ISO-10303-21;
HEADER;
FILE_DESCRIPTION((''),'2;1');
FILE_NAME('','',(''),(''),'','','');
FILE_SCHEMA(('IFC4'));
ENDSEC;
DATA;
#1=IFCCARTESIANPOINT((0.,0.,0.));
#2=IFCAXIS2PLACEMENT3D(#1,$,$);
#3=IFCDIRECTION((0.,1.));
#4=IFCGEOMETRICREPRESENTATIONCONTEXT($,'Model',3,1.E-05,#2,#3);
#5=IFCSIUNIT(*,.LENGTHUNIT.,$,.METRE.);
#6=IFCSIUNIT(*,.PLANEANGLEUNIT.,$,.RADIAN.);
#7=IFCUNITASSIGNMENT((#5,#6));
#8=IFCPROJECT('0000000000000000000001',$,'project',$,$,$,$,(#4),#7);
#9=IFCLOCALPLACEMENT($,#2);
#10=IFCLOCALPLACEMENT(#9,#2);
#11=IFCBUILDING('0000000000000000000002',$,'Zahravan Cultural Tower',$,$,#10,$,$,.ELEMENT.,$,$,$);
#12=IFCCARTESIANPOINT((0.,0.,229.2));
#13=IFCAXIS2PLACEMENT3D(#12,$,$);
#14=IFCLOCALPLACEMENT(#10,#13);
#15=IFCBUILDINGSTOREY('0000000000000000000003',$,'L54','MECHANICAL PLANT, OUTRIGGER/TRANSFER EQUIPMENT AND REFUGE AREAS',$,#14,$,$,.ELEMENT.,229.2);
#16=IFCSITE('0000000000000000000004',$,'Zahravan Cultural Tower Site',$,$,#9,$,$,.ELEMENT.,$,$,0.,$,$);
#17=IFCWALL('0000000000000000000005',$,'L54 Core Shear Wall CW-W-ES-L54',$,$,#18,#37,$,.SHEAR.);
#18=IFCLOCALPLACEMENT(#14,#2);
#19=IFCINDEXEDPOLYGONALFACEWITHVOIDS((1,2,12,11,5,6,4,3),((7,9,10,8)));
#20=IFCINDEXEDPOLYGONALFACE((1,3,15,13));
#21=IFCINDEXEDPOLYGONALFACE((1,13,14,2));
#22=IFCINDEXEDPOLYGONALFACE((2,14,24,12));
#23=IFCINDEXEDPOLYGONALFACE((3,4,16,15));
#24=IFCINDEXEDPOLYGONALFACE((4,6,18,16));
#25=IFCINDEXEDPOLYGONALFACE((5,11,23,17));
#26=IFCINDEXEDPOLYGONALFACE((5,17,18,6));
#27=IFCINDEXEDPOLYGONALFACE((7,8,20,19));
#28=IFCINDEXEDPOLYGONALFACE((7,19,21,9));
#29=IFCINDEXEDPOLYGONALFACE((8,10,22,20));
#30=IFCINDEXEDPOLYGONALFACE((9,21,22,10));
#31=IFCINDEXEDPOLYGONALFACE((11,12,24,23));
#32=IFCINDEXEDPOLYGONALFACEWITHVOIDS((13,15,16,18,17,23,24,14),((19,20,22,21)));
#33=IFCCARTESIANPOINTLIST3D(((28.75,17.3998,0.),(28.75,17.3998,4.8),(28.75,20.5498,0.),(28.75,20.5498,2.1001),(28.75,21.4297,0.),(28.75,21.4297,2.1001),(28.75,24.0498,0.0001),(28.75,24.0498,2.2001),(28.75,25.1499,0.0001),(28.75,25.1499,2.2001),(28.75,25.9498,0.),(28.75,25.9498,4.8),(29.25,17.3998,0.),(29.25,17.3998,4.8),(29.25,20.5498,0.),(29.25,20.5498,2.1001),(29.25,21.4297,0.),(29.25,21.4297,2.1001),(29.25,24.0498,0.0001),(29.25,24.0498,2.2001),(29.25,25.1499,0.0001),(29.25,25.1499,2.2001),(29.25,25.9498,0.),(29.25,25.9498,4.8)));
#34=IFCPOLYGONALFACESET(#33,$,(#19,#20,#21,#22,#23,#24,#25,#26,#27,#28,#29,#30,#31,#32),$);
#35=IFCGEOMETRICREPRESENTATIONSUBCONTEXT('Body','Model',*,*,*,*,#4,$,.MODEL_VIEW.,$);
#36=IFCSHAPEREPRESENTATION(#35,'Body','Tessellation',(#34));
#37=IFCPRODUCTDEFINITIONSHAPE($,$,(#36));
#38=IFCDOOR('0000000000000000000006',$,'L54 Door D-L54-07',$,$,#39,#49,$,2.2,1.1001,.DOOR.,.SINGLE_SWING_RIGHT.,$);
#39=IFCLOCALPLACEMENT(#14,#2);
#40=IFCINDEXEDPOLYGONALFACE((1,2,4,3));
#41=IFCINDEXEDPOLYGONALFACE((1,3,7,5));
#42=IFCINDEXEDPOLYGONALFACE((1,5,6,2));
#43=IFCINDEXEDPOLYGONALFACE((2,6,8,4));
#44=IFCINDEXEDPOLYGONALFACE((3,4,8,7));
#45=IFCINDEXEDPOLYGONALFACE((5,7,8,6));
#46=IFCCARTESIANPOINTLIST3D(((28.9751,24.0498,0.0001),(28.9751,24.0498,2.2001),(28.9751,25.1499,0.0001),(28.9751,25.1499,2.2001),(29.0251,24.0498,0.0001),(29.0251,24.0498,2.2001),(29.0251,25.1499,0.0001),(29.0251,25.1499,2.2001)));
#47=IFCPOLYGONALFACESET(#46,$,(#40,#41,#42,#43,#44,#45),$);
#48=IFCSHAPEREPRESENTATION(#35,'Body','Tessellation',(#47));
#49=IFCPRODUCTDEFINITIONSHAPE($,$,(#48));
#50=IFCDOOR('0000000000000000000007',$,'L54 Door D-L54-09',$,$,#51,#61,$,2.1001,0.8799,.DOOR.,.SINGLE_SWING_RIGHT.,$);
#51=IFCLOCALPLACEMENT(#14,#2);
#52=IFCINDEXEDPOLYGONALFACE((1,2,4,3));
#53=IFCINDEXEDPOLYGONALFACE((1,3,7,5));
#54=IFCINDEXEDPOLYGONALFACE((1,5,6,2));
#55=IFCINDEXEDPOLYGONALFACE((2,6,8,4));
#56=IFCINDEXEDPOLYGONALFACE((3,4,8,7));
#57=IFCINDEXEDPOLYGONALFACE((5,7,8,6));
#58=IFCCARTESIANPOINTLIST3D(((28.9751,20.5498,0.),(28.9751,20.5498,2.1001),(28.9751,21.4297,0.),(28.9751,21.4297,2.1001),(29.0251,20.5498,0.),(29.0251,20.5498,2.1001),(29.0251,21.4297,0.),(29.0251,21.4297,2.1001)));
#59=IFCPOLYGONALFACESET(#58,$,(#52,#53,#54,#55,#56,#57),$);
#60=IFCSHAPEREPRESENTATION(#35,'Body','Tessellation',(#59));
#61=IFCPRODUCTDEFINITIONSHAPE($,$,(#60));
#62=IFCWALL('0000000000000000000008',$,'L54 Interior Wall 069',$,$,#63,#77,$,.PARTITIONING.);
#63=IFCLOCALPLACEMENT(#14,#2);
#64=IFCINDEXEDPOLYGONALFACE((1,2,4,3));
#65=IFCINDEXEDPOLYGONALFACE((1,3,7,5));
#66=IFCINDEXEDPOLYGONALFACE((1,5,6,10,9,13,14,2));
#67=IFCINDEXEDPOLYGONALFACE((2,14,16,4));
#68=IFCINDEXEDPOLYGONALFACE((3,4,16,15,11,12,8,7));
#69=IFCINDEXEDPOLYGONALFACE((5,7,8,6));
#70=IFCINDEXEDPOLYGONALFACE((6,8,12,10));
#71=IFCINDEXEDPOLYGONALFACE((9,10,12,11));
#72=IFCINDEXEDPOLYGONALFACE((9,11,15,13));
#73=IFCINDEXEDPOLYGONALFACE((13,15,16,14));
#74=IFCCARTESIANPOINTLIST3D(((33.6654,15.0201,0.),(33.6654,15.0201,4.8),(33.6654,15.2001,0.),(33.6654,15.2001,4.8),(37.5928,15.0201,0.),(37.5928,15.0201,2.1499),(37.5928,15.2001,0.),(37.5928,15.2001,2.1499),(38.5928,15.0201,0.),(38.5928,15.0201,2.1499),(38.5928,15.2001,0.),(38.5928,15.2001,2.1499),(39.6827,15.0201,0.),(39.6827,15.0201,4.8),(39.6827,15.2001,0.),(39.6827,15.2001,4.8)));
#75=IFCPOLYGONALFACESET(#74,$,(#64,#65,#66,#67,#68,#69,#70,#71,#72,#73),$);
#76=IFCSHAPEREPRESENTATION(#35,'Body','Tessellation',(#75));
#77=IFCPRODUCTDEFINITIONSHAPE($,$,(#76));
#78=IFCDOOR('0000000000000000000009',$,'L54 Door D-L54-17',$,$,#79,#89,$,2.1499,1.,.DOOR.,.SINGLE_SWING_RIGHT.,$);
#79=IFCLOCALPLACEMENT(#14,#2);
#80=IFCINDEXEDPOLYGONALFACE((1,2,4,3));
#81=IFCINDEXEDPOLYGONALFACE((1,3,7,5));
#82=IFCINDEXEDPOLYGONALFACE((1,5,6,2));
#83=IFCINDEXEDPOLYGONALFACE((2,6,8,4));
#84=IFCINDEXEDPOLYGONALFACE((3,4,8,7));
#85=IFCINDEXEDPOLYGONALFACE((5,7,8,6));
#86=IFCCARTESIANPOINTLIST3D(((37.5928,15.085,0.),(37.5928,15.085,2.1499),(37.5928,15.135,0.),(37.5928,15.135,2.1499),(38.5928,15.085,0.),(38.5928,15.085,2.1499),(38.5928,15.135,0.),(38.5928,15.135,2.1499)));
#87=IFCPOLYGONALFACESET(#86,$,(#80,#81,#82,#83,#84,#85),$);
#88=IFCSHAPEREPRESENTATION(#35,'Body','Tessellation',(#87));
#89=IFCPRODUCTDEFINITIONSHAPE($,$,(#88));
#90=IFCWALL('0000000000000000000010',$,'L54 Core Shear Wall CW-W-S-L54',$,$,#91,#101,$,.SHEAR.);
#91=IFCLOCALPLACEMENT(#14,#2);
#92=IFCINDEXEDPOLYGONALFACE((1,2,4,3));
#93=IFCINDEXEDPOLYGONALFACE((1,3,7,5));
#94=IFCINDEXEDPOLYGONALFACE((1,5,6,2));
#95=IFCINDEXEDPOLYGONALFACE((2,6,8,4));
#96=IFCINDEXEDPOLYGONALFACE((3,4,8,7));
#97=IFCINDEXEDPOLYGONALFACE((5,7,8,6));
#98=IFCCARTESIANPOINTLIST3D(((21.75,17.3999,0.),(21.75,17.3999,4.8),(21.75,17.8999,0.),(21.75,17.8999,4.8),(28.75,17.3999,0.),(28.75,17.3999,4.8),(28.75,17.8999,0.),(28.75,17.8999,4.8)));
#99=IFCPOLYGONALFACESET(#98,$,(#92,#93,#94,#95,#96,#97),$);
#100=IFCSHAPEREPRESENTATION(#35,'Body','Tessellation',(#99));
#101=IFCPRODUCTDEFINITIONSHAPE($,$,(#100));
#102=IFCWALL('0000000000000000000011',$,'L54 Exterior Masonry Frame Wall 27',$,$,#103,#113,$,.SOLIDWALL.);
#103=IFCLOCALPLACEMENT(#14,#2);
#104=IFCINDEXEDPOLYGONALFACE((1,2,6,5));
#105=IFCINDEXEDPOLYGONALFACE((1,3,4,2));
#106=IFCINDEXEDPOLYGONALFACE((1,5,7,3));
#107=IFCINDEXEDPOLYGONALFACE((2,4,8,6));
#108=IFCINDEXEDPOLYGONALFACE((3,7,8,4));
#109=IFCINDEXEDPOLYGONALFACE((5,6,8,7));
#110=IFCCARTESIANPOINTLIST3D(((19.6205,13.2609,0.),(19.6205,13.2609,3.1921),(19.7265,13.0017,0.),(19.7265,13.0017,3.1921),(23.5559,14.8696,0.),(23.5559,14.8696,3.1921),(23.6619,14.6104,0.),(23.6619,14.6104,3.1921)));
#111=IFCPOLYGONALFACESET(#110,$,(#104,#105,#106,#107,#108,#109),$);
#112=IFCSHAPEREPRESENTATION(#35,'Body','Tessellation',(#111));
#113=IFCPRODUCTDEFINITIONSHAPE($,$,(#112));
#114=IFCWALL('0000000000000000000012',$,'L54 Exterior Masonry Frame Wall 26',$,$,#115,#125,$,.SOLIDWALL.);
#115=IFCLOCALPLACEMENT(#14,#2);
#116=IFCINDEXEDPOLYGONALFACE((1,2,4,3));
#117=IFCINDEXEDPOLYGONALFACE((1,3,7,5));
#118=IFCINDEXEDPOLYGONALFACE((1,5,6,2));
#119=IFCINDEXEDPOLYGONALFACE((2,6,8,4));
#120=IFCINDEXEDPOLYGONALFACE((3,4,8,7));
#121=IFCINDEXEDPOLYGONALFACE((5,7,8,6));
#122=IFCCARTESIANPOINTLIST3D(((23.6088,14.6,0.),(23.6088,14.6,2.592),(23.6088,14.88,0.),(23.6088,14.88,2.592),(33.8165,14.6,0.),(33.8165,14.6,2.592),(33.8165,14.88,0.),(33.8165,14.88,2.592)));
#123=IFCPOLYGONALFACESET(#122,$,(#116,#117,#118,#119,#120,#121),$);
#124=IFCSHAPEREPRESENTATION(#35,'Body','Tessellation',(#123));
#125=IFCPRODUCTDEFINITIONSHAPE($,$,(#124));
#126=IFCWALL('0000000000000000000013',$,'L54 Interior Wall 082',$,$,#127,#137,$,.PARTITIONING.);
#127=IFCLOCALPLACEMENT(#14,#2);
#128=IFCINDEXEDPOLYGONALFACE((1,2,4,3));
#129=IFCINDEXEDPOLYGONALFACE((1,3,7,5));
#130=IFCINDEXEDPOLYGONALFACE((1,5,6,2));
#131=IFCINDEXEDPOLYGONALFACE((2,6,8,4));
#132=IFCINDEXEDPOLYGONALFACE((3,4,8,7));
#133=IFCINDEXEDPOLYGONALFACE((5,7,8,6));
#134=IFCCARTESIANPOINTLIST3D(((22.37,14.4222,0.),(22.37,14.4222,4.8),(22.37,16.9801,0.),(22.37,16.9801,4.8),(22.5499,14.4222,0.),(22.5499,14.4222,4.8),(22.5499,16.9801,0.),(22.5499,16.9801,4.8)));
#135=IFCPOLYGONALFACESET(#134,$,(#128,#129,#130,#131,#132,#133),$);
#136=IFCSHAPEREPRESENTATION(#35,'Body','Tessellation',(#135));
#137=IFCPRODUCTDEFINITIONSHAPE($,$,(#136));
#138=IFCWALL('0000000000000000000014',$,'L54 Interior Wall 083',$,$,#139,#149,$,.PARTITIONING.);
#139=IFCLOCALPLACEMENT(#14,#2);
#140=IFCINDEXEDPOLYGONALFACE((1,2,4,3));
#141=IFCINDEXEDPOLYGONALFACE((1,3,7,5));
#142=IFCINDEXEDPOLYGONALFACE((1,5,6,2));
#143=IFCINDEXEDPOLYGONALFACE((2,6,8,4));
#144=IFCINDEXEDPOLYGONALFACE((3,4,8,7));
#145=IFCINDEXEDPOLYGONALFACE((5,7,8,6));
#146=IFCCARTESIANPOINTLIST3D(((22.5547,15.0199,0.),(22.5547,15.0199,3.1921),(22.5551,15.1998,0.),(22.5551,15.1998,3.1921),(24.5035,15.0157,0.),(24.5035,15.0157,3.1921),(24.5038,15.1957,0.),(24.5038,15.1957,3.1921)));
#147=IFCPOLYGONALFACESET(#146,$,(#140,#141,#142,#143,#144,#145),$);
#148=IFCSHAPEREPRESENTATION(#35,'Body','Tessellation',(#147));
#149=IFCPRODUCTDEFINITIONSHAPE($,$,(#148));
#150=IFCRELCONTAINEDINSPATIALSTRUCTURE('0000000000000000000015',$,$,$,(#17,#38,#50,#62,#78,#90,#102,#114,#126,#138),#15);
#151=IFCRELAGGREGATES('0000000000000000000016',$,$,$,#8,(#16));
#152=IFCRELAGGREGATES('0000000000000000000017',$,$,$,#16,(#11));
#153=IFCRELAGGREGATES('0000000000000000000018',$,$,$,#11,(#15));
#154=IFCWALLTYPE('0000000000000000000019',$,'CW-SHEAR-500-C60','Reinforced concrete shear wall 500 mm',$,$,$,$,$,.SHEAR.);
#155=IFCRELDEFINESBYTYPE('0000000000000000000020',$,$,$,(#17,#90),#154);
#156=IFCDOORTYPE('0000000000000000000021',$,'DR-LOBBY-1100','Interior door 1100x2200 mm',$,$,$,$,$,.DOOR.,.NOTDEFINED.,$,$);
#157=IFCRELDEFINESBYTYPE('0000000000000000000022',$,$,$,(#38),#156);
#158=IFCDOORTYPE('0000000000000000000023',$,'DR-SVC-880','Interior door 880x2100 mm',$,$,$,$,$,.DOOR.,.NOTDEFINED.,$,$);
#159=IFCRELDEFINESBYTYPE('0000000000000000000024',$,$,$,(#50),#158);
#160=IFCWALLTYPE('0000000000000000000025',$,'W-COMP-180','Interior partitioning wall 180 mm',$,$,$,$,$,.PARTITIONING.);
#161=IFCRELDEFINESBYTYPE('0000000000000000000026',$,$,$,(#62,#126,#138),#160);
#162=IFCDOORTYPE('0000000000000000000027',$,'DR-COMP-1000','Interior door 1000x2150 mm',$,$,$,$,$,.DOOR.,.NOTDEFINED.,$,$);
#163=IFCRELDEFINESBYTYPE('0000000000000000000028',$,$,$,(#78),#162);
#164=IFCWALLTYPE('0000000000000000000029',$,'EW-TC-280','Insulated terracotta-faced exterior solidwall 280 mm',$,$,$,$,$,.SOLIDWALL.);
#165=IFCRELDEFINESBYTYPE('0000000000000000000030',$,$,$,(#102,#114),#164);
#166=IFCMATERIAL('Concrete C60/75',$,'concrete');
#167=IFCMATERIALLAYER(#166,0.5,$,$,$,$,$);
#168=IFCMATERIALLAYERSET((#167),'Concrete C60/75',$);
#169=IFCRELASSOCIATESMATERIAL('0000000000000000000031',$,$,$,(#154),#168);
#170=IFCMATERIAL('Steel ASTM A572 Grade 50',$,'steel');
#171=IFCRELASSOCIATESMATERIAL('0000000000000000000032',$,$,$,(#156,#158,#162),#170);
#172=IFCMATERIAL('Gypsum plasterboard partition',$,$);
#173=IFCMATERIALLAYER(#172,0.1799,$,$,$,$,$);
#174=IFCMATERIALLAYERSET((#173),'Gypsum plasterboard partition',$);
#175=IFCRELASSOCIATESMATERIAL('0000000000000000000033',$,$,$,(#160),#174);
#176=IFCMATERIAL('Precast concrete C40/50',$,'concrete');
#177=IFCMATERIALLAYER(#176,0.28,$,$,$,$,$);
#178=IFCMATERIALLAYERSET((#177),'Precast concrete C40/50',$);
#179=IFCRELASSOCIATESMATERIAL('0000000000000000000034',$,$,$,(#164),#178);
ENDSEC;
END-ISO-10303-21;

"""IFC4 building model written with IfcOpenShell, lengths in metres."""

from ifc_helpers import new_model, si_unit, direction, frame, frame_2d, origin, place, context, subcontext, project, spatial, rectangle, extrude, source, transform, mapped, material, layer, layer_set, type_object, element, fill, save


model = new_model("IFC4")

# Units and contexts
model_context = context("Model", 3, precision=1e-05, world=origin(), true_north=direction((0.0, 1.0)))
body_context = subcontext(model_context, "Body", "Model", "MODEL_VIEW")
ifc_project = project(units=[si_unit("LENGTHUNIT", "METRE"), si_unit("PLANEANGLEUNIT", "RADIAN")], contexts=[model_context])

# Site, building, storey
site_placement = place(None, origin())
site = spatial("IfcSite", under=ifc_project, at=site_placement, Name="Zahravan Cultural Tower Site", CompositionType="ELEMENT", RefElevation=0.0)
building_placement = place(site_placement, origin())
building = spatial("IfcBuilding", under=site, at=building_placement, Name="Zahravan Cultural Tower", CompositionType="ELEMENT")
storey_placement = place(building_placement, frame((0.0, 0.0, 229.2)))
storey = spatial("IfcBuildingStorey", under=building, at=storey_placement, Name="L54", Description="MECHANICAL PLANT, OUTRIGGER/TRANSFER EQUIPMENT AND REFUGE AREAS", CompositionType="ELEMENT", Elevation=229.2)

# Shared definitions
ifc_material_1 = material(Name="Steel ASTM A572 Grade 50", Category="steel")

# Wall, openings, doors
ifc_material_2 = material(Name="Concrete C60/75", Category="concrete")
ifc_layer_1 = layer(ifc_material_2, 0.5)
ifc_layer_set_1 = layer_set([ifc_layer_1], Name="Concrete C60/75")
wall_type_1 = type_object("IfcWallType", Name="CW-SHEAR-500-C60", Description="Reinforced concrete shear wall 500 mm", PredefinedType="SHEAR", material=ifc_layer_set_1)
wall_1_placement = place(storey_placement, frame((29.0, 17.3999, 0.0), z_axis=(0.0, 0.0, 1.0), x_axis=(0.0, 1.0, 0.0)))
wall_1 = element("IfcWall", 1, at=wall_1_placement, inside=storey, type_object=wall_type_1, Name="L54 Core Shear Wall CW-W-ES-L54", PredefinedType="SHEAR", context=body_context, shape_type="SweptSolid", body=[
    extrude(rectangle(XDim=8.55, YDim=0.5, at=frame_2d((4.2749, 0.0))), origin(), (0.0, 0.0, 1.0), 4.8),
])
opening_1_placement = place(wall_1_placement, frame((6.6499, 0.0, 0.0)))
opening_1 = element("IfcOpeningElement", 2, at=opening_1_placement, cuts=wall_1, PredefinedType="OPENING", context=body_context, shape_type="SweptSolid", body=[
    extrude(rectangle(XDim=1.1001, YDim=2.2, at=frame_2d((0.55, 1.1001))), frame((0.0, 0.26, 0.0), z_axis=(0.0, -1.0, 0.0), x_axis=(1.0, 0.0, 0.0)), (0.0, 0.0, 1.0), 0.52),
])
opening_2_placement = place(wall_1_placement, frame((3.1499, 0.0, 0.0)))
opening_2 = element("IfcOpeningElement", 3, at=opening_2_placement, cuts=wall_1, PredefinedType="OPENING", context=body_context, shape_type="SweptSolid", body=[
    extrude(rectangle(XDim=0.8799, YDim=2.1001, at=frame_2d((0.4399, 1.05))), frame((0.0, 0.26, 0.0), z_axis=(0.0, -1.0, 0.0), x_axis=(1.0, 0.0, 0.0)), (0.0, 0.0, 1.0), 0.52),
])
door_type_1 = type_object("IfcDoorType", Name="DR-LOBBY-1100", Description="Interior door 1100x2200 mm", OperationType="NOTDEFINED", PredefinedType="DOOR", material=ifc_material_1)
shared_shape_1 = source(origin(), body_context, "Body", "SweptSolid", [
    extrude(rectangle(XDim=1.1001, YDim=2.2, at=frame_2d((0.55, 1.1001))), frame((0.0, 0.0249, 0.0), z_axis=(0.0, -1.0, 0.0), x_axis=(1.0, 0.0, 0.0)), (0.0, 0.0, 1.0), 0.05),
])
door_1_placement = place(opening_1_placement, origin())
door_1 = element("IfcDoor", 4, at=door_1_placement, inside=storey, type_object=door_type_1, Name="L54 Door D-L54-07", OperationType="SINGLE_SWING_RIGHT", OverallHeight=2.2, OverallWidth=1.1001, PredefinedType="DOOR", context=body_context, shape_type="MappedRepresentation", body=[
    mapped(shared_shape_1, transform((0.0, 0.0, 0.0), x_axis=(1.0, 0.0, 0.0), y_axis=(0.0, 1.0, 0.0), z_axis=(0.0, 0.0, 1.0), scale=1.0)),
])
fill(opening_1, door_1)
door_type_2 = type_object("IfcDoorType", Name="DR-SVC-880", Description="Interior door 880x2100 mm", OperationType="NOTDEFINED", PredefinedType="DOOR", material=ifc_material_1)
shared_shape_2 = source(origin(), body_context, "Body", "SweptSolid", [
    extrude(rectangle(XDim=0.8799, YDim=2.1001, at=frame_2d((0.4399, 1.05))), frame((0.0, 0.0249, 0.0), z_axis=(0.0, -1.0, 0.0), x_axis=(1.0, 0.0, 0.0)), (0.0, 0.0, 1.0), 0.05),
])
door_2_placement = place(opening_2_placement, origin())
door_2 = element("IfcDoor", 5, at=door_2_placement, inside=storey, type_object=door_type_2, Name="L54 Door D-L54-09", OperationType="SINGLE_SWING_RIGHT", OverallHeight=2.1001, OverallWidth=0.8799, PredefinedType="DOOR", context=body_context, shape_type="MappedRepresentation", body=[
    mapped(shared_shape_2, transform((0.0, 0.0, 0.0), x_axis=(1.0, 0.0, 0.0), y_axis=(0.0, 1.0, 0.0), z_axis=(0.0, 0.0, 1.0), scale=1.0)),
])
fill(opening_2, door_2)

# Wall, opening, door
ifc_material_3 = material(Name="Gypsum plasterboard partition")
ifc_layer_2 = layer(ifc_material_3, 0.1799)
ifc_layer_set_2 = layer_set([ifc_layer_2], Name="Gypsum plasterboard partition")
wall_type_2 = type_object("IfcWallType", Name="W-COMP-180", Description="Interior partitioning wall 180 mm", PredefinedType="PARTITIONING", material=ifc_layer_set_2)
wall_2_placement = place(storey_placement, frame((33.6653, 15.1101, 0.0), z_axis=(0.0, 0.0, 1.0), x_axis=(1.0, 0.0, 0.0)))
wall_2 = element("IfcWall", 6, at=wall_2_placement, inside=storey, type_object=wall_type_2, Name="L54 Interior Wall 069", PredefinedType="PARTITIONING", context=body_context, shape_type="SweptSolid", body=[
    extrude(rectangle(XDim=6.0173, YDim=0.1799, at=frame_2d((3.0088, 0.0))), origin(), (0.0, 0.0, 1.0), 4.8),
])
opening_3_placement = place(wall_2_placement, frame((3.9275, 0.0, 0.0)))
opening_3 = element("IfcOpeningElement", 7, at=opening_3_placement, cuts=wall_2, PredefinedType="OPENING", context=body_context, shape_type="SweptSolid", body=[
    extrude(rectangle(XDim=1.0, YDim=2.1499, at=frame_2d((0.5, 1.075))), frame((0.0, 0.0999, 0.0), z_axis=(0.0, -1.0, 0.0), x_axis=(1.0, 0.0, 0.0)), (0.0, 0.0, 1.0), 0.2),
])
door_type_3 = type_object("IfcDoorType", Name="DR-COMP-1000", Description="Interior door 1000x2150 mm", OperationType="NOTDEFINED", PredefinedType="DOOR", material=ifc_material_1)
shared_shape_3 = source(origin(), body_context, "Body", "SweptSolid", [
    extrude(rectangle(XDim=1.0, YDim=2.1499, at=frame_2d((0.5, 1.075))), frame((0.0, 0.0249, 0.0), z_axis=(0.0, -1.0, 0.0), x_axis=(1.0, 0.0, 0.0)), (0.0, 0.0, 1.0), 0.05),
])
door_3_placement = place(opening_3_placement, origin())
door_3 = element("IfcDoor", 8, at=door_3_placement, inside=storey, type_object=door_type_3, Name="L54 Door D-L54-17", OperationType="SINGLE_SWING_RIGHT", OverallHeight=2.1499, OverallWidth=1.0, PredefinedType="DOOR", context=body_context, shape_type="MappedRepresentation", body=[
    mapped(shared_shape_3, transform((0.0, 0.0, 0.0), x_axis=(1.0, 0.0, 0.0), y_axis=(0.0, 1.0, 0.0), z_axis=(0.0, 0.0, 1.0), scale=1.0)),
])
fill(opening_3, door_3)

# Walls
shared_shape_4 = source(origin(), body_context, "Body", "SweptSolid", [
    extrude(rectangle(XDim=7.0, YDim=0.5, at=frame_2d((3.5, 0.0))), origin(), (0.0, 0.0, 1.0), 4.8),
])
wall_3_placement = place(storey_placement, frame((21.75, 17.6499, 0.0), z_axis=(0.0, 0.0, 1.0), x_axis=(1.0, 0.0, 0.0)))
element("IfcWall", 9, at=wall_3_placement, inside=storey, type_object=wall_type_1, Name="L54 Core Shear Wall CW-W-S-L54", PredefinedType="SHEAR", context=body_context, shape_type="MappedRepresentation", body=[
    mapped(shared_shape_4, transform((0.0, 0.0, 0.0), x_axis=(1.0, 0.0, 0.0), y_axis=(0.0, 1.0, 0.0), z_axis=(0.0, 0.0, 1.0), scale=1.0)),
])
ifc_material_4 = material(Name="Precast concrete C40/50", Category="concrete")
ifc_layer_3 = layer(ifc_material_4, 0.28)
ifc_layer_set_3 = layer_set([ifc_layer_3], Name="Precast concrete C40/50")
wall_type_3 = type_object("IfcWallType", Name="EW-TC-280", Description="Insulated terracotta-faced exterior solidwall 280 mm", PredefinedType="SOLIDWALL", material=ifc_layer_set_3)
shared_shape_5 = source(origin(), body_context, "Body", "SweptSolid", [
    extrude(rectangle(XDim=4.2515, YDim=0.28, at=frame_2d((2.1257, 0.0))), origin(), (0.0, 0.0, 1.0), 3.1921),
])
wall_4_placement = place(storey_placement, frame((23.6089, 14.74, 0.0), z_axis=(0.0, 0.0, 1.0), x_axis=(-0.92565, -0.37838, 0.0)))
element("IfcWall", 10, at=wall_4_placement, inside=storey, type_object=wall_type_3, Name="L54 Exterior Masonry Frame Wall 27", PredefinedType="SOLIDWALL", context=body_context, shape_type="MappedRepresentation", body=[
    mapped(shared_shape_5, transform((0.0, 0.0, 0.0), x_axis=(1.0, 0.0, 0.0), y_axis=(0.0, 1.0, 0.0), z_axis=(0.0, 0.0, 1.0), scale=1.0)),
])
shared_shape_6 = source(origin(), body_context, "Body", "SweptSolid", [
    extrude(rectangle(XDim=10.2078, YDim=0.28, at=frame_2d((5.104, 0.0))), origin(), (0.0, 0.0, 1.0), 2.592),
])
wall_5_placement = place(storey_placement, frame((33.8167, 14.74, 0.0), z_axis=(0.0, 0.0, 1.0), x_axis=(-1.0, 0.0, 0.0)))
element("IfcWall", 11, at=wall_5_placement, inside=storey, type_object=wall_type_3, Name="L54 Exterior Masonry Frame Wall 26", PredefinedType="SOLIDWALL", context=body_context, shape_type="MappedRepresentation", body=[
    mapped(shared_shape_6, transform((0.0, 0.0, 0.0), x_axis=(1.0, 0.0, 0.0), y_axis=(0.0, 1.0, 0.0), z_axis=(0.0, 0.0, 1.0), scale=1.0)),
])
shared_shape_7 = source(origin(), body_context, "Body", "SweptSolid", [
    extrude(rectangle(XDim=2.5579, YDim=0.1799, at=frame_2d((1.2788, 0.0))), origin(), (0.0, 0.0, 1.0), 4.8),
])
wall_6_placement = place(storey_placement, frame((22.46, 16.98, 0.0), z_axis=(0.0, 0.0, 1.0), x_axis=(0.0, -1.0, 0.0)))
element("IfcWall", 12, at=wall_6_placement, inside=storey, type_object=wall_type_2, Name="L54 Interior Wall 082", PredefinedType="PARTITIONING", context=body_context, shape_type="MappedRepresentation", body=[
    mapped(shared_shape_7, transform((0.0, 0.0, 0.0), x_axis=(1.0, 0.0, 0.0), y_axis=(0.0, 1.0, 0.0), z_axis=(0.0, 0.0, 1.0), scale=1.0)),
])
shared_shape_8 = source(origin(), body_context, "Body", "SweptSolid", [
    extrude(rectangle(XDim=1.9487, YDim=0.1799, at=frame_2d((0.9744, 0.0))), origin(), (0.0, 0.0, 1.0), 3.1921),
])
wall_7_placement = place(storey_placement, frame((22.5549, 15.1099, 0.0), z_axis=(0.0, 0.0, 1.0), x_axis=(0.999998, -0.00213, 0.0)))
element("IfcWall", 13, at=wall_7_placement, inside=storey, type_object=wall_type_2, Name="L54 Interior Wall 083", PredefinedType="PARTITIONING", context=body_context, shape_type="MappedRepresentation", body=[
    mapped(shared_shape_8, transform((0.0, 0.0, 0.0), x_axis=(1.0, 0.0, 0.0), y_axis=(0.0, 1.0, 0.0), z_axis=(0.0, 0.0, 1.0), scale=1.0)),
])

save(model, "model.ifc")
